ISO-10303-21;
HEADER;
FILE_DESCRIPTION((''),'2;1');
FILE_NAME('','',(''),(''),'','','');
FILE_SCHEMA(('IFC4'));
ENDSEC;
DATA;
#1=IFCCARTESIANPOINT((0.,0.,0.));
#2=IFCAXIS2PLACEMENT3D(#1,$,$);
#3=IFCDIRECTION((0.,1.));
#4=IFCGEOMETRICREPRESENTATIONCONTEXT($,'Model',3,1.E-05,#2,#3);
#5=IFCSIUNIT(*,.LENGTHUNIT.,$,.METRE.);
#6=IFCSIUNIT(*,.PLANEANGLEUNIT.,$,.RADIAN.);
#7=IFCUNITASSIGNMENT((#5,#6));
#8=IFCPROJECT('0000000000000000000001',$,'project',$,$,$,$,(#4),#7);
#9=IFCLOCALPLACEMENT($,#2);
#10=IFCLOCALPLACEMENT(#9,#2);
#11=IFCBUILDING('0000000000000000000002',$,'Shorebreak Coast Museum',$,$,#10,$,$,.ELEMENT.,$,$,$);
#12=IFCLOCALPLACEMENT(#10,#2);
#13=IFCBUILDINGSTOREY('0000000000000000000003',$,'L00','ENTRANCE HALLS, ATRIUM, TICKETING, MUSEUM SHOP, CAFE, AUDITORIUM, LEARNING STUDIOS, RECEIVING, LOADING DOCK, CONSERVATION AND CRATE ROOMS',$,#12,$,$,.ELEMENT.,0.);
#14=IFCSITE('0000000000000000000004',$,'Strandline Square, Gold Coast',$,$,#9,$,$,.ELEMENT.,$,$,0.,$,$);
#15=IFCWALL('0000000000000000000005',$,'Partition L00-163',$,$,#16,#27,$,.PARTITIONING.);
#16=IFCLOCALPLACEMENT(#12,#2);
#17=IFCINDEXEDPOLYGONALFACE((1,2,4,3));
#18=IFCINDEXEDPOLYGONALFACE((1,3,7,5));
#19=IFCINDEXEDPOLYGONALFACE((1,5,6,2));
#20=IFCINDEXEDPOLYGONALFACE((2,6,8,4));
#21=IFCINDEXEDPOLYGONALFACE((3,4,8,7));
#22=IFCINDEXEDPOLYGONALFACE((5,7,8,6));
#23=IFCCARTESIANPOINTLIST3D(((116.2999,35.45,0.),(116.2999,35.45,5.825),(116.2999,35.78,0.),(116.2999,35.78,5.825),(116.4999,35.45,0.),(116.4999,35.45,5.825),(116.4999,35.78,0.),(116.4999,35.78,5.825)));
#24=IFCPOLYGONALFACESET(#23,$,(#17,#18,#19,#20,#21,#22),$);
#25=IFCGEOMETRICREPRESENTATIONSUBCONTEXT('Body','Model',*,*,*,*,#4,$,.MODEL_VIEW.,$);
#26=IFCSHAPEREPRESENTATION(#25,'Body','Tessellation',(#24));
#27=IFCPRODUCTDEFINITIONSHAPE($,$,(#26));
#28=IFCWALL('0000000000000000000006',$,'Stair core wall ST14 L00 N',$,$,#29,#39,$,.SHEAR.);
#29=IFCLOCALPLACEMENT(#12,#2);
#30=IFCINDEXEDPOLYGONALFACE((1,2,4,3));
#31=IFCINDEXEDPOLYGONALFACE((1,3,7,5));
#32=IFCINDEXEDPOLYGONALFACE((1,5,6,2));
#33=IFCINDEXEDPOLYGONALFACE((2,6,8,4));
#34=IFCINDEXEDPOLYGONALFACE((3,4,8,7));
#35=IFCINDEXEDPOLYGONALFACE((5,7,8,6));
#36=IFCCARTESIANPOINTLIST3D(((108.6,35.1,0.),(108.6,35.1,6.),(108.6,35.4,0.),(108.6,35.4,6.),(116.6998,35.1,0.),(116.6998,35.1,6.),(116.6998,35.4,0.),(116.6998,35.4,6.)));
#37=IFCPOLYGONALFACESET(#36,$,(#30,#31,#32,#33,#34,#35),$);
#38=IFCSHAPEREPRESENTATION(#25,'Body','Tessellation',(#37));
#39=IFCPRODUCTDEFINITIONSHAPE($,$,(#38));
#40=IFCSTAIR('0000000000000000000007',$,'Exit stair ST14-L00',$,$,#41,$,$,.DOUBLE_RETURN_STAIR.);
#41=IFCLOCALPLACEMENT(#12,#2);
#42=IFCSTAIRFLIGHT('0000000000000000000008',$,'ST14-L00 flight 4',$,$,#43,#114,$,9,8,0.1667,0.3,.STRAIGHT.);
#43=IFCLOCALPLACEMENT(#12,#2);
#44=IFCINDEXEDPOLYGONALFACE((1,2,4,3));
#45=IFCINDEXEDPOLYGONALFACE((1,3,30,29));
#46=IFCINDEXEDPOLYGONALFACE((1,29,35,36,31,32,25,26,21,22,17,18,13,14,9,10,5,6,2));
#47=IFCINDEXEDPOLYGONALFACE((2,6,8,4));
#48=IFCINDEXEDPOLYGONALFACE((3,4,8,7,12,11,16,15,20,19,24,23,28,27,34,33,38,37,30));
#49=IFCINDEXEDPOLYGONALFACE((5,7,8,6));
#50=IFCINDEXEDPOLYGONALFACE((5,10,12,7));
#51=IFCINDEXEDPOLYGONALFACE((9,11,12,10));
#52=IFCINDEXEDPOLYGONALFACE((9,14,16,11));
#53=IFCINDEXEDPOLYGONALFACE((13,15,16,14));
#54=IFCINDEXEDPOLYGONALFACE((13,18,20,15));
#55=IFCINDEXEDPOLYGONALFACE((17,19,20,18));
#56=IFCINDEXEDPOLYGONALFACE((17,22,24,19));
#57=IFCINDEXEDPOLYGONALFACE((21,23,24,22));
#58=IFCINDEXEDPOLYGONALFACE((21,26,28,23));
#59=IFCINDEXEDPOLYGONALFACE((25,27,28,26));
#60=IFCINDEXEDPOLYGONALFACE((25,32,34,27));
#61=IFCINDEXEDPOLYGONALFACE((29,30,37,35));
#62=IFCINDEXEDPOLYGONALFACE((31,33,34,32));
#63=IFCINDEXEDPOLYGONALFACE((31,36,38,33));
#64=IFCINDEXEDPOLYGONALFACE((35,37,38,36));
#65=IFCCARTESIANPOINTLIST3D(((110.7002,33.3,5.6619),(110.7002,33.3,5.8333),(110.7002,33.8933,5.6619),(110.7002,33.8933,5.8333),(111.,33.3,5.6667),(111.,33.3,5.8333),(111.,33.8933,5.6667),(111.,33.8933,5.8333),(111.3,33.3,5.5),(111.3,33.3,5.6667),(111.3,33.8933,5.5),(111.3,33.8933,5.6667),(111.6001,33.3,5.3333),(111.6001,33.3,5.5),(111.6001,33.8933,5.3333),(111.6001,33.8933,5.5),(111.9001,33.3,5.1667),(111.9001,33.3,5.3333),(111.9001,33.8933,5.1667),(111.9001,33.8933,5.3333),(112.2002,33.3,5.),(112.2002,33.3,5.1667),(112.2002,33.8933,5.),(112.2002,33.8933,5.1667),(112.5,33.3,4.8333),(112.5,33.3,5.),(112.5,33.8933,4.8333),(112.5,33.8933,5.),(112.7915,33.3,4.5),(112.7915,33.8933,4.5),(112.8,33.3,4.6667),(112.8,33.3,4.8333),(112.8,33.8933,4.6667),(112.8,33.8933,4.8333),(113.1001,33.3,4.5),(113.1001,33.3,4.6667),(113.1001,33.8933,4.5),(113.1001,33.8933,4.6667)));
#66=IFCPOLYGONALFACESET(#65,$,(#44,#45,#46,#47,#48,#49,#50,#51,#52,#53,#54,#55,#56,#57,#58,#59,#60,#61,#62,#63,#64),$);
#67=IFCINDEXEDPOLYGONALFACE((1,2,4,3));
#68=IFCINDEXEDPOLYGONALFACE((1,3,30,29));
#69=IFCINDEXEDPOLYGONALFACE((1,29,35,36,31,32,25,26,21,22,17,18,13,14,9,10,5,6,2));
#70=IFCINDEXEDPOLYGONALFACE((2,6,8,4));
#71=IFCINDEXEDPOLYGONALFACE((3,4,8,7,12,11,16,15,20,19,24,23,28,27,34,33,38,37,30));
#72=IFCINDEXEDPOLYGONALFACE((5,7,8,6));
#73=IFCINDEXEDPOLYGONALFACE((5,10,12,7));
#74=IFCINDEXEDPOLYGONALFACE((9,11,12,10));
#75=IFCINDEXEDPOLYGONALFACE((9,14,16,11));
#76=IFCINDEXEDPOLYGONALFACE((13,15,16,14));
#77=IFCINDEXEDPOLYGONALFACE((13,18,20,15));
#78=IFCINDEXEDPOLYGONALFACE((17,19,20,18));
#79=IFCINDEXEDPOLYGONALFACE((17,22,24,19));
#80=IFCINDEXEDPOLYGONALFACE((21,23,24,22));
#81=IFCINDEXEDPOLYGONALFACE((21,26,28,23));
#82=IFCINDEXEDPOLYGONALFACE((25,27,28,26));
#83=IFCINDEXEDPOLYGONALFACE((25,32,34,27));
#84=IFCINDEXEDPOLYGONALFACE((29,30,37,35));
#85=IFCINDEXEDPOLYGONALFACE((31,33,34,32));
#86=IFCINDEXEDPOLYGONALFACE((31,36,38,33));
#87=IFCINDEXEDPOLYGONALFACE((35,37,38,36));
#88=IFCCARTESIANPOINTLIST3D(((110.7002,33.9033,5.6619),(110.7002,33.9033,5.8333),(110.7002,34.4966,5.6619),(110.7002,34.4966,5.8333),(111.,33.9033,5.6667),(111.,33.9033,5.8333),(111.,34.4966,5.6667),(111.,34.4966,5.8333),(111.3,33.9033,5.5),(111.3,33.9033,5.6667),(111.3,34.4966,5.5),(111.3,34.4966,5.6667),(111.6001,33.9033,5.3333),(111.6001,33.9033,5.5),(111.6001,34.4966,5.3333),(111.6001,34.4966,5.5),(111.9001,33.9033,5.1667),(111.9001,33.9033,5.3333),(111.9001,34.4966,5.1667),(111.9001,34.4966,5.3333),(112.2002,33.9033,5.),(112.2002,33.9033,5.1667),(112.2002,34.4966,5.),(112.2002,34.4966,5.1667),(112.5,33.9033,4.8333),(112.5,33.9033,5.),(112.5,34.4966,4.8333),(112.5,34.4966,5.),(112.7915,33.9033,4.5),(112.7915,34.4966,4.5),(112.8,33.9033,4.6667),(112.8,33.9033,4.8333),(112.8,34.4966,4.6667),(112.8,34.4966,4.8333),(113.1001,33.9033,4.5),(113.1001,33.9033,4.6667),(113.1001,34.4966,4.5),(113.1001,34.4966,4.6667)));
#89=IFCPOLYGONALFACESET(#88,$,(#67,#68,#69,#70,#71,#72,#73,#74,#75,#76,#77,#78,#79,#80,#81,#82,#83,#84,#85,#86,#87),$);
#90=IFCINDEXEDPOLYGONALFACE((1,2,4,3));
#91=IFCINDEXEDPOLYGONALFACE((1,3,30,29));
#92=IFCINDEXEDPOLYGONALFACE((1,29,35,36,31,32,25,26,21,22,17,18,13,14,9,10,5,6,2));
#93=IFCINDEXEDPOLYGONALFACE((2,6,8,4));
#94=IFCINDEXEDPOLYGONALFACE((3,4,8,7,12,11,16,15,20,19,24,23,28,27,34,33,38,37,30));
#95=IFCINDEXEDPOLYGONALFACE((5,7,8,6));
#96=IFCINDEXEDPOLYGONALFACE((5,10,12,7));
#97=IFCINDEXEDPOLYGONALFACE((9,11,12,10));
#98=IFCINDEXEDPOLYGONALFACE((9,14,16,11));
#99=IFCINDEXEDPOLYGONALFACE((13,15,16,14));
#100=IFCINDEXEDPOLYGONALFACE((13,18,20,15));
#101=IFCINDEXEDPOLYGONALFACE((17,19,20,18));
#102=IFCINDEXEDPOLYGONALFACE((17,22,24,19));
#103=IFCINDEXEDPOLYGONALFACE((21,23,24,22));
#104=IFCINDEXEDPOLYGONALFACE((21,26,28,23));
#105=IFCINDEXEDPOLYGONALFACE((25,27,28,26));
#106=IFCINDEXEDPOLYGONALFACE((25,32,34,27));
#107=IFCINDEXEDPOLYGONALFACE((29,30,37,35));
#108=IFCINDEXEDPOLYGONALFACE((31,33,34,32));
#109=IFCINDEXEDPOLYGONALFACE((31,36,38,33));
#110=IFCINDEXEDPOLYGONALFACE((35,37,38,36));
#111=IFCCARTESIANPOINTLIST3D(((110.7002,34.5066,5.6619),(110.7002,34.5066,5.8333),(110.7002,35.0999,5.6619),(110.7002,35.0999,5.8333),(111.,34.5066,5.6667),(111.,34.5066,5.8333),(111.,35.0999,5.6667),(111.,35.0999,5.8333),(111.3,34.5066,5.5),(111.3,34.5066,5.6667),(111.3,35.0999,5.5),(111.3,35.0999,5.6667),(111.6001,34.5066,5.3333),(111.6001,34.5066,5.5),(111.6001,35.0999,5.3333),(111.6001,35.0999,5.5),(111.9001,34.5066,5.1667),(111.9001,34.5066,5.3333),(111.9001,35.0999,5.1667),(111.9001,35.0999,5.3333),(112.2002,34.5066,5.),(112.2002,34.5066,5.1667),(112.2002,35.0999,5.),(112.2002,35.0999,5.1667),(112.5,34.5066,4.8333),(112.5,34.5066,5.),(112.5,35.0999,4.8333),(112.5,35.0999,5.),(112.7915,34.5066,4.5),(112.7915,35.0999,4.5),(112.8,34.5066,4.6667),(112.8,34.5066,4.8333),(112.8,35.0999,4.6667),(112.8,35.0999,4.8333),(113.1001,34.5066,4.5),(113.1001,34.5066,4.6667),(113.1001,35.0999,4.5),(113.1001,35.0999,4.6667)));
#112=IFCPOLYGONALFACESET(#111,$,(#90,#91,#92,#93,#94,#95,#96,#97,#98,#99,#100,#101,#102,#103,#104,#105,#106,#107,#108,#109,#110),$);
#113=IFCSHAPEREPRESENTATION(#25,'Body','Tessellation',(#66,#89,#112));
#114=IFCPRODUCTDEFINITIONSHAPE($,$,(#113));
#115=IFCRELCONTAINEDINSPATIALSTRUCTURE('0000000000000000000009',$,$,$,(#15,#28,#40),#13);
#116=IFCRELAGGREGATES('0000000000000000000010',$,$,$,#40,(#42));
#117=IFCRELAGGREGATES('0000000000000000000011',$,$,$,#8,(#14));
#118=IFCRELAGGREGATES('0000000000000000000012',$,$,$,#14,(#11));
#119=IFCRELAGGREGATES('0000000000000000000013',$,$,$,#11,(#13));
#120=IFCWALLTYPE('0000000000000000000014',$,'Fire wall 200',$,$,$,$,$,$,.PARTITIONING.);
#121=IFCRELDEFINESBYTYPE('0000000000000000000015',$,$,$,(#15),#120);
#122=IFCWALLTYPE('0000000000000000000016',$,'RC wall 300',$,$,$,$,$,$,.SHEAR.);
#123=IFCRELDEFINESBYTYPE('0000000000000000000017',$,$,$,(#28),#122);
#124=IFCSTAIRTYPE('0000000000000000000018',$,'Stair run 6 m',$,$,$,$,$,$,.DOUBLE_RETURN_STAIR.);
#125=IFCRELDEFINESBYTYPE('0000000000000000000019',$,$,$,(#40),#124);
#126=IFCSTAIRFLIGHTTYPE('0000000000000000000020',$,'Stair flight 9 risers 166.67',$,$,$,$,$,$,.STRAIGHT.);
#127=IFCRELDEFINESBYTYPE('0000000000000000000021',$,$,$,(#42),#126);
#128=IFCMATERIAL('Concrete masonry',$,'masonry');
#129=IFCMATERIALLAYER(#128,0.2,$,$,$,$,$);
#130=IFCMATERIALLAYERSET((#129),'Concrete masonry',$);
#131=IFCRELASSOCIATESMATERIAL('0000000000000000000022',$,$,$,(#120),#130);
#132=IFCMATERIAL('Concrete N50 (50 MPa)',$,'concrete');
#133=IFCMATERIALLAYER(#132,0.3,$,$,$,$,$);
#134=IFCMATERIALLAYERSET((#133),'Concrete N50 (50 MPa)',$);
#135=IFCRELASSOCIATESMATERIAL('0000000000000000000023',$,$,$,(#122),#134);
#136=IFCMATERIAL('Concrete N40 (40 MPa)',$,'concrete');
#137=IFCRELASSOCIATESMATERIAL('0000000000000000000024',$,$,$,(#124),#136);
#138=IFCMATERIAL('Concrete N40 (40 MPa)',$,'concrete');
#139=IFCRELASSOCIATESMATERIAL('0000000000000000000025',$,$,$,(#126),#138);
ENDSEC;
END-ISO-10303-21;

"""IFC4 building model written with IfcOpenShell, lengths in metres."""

from ifc_helpers import new_model, si_unit, direction, frame, frame_2d, origin, place, context, subcontext, project, spatial, polyline, rectangle, outline, extrude, material, layer, layer_set, type_object, element, aggregate, save


model = new_model("IFC4")

# Units and contexts
model_context = context("Model", 3, precision=1e-05, world=origin(), true_north=direction((0.0, 1.0)))
body_context = subcontext(model_context, "Body", "Model", "MODEL_VIEW")
ifc_project = project(units=[si_unit("LENGTHUNIT", "METRE"), si_unit("PLANEANGLEUNIT", "RADIAN")], contexts=[model_context])

# Site, building, storey
site_placement = place(None, origin())
site = spatial("IfcSite", under=ifc_project, at=site_placement, Name="Strandline Square, Gold Coast", CompositionType="ELEMENT", RefElevation=0.0)
building_placement = place(site_placement, origin())
building = spatial("IfcBuilding", under=site, at=building_placement, Name="Shorebreak Coast Museum", CompositionType="ELEMENT")
storey_placement = place(building_placement, origin())
storey = spatial("IfcBuildingStorey", under=building, at=storey_placement, Name="L00", Description="ENTRANCE HALLS, ATRIUM, TICKETING, MUSEUM SHOP, CAFE, AUDITORIUM, LEARNING STUDIOS, RECEIVING, LOADING DOCK, CONSERVATION AND CRATE ROOMS", CompositionType="ELEMENT", Elevation=0.0)

# Shared definitions
ifc_material_1 = material(Name="Concrete masonry", Category="masonry")
ifc_layer_1 = layer(ifc_material_1, 0.2)
ifc_layer_set_1 = layer_set([ifc_layer_1], Name="Concrete masonry")
wall_type_1 = type_object("IfcWallType", Name="Fire wall 200", PredefinedType="PARTITIONING", material=ifc_layer_set_1)

# Walls
wall_1_placement = place(storey_placement, frame((116.3999, 35.45, 0.0), z_axis=(0.0, 0.0, 1.0), x_axis=(0.0, 1.0, 0.0)))
element("IfcWall", 1, at=wall_1_placement, inside=storey, type_object=wall_type_1, Name="Partition L00-163", PredefinedType="PARTITIONING", context=body_context, shape_type="SweptSolid", body=[
    extrude(rectangle(XDim=0.3301, YDim=0.2, at=frame_2d((0.165, 0.0))), origin(), (0.0, 0.0, 1.0), 5.825),
])
ifc_material_2 = material(Name="Concrete N50 (50 MPa)", Category="concrete")
ifc_layer_2 = layer(ifc_material_2, 0.3)
ifc_layer_set_2 = layer_set([ifc_layer_2], Name="Concrete N50 (50 MPa)")
wall_type_2 = type_object("IfcWallType", Name="RC wall 300", PredefinedType="SHEAR", material=ifc_layer_set_2)
wall_2_placement = place(storey_placement, frame((108.6001, 35.25, 0.0), z_axis=(0.0, 0.0, 1.0), x_axis=(1.0, 0.0, 0.0)))
element("IfcWall", 2, at=wall_2_placement, inside=storey, type_object=wall_type_2, Name="Stair core wall ST14 L00 N", PredefinedType="SHEAR", context=body_context, shape_type="SweptSolid", body=[
    extrude(rectangle(XDim=8.0999, YDim=0.3, at=frame_2d((4.0498, 0.0))), origin(), (0.0, 0.0, 1.0), 6.0),
])

# Stair, stair flight
ifc_material_3 = material(Name="Concrete N40 (40 MPa)", Category="concrete")
stair_type = type_object("IfcStairType", Name="Stair run 6 m", PredefinedType="DOUBLE_RETURN_STAIR", material=ifc_material_3)
stair_placement = place(storey_placement, origin())
stair = element("IfcStair", 3, at=stair_placement, inside=storey, type_object=stair_type, Name="Exit stair ST14-L00", PredefinedType="DOUBLE_RETURN_STAIR")
ifc_material_4 = material(Name="Concrete N40 (40 MPa)", Category="concrete")
stair_flight_type = type_object("IfcStairFlightType", Name="Stair flight 9 risers 166.67", PredefinedType="STRAIGHT", material=ifc_material_4)
stair_flight_placement = place(storey_placement, frame((113.1001, 34.2, 4.5), z_axis=(0.0, 0.0, 1.0), x_axis=(-1.0, 0.0, 0.0)))
stair_flight = element("IfcStairFlight", 4, at=stair_flight_placement, type_object=stair_flight_type, Name="ST14-L00 flight 4", NumberOfRisers=9, NumberOfTreads=8, PredefinedType="STRAIGHT", RiserHeight=0.1667, TreadLength=0.3, context=body_context, shape_type="SweptSolid", body=[
    extrude(outline(polyline([(0.0, 0.0), (0.0, 0.1667), (0.3, 0.1667), (0.3, 0.3333), (0.6001, 0.3333), (0.6001, 0.5), (0.8999, 0.5), (0.8999, 0.6667), (1.2, 0.6667), (1.2, 0.8333), (1.5, 0.8333), (1.5, 1.0), (1.8, 1.0), (1.8, 1.1667), (2.1001, 1.1667), (2.1001, 1.3333), (2.3999, 1.3333), (2.3999, 1.5), (2.3999, 1.1619), (0.3086, 0.0), (0.0, 0.0)])), frame((0.0, 0.8999, 0.0), z_axis=(0.0, -1.0, 0.0), x_axis=(1.0, 0.0, 0.0)), (0.0, 0.0, 1.0), 0.5933),
    extrude(outline(polyline([(0.0, 0.0), (0.0, 0.1667), (0.3, 0.1667), (0.3, 0.3333), (0.6001, 0.3333), (0.6001, 0.5), (0.8999, 0.5), (0.8999, 0.6667), (1.2, 0.6667), (1.2, 0.8333), (1.5, 0.8333), (1.5, 1.0), (1.8, 1.0), (1.8, 1.1667), (2.1001, 1.1667), (2.1001, 1.3333), (2.3999, 1.3333), (2.3999, 1.5), (2.3999, 1.1619), (0.3086, 0.0), (0.0, 0.0)])), frame((0.0, 0.2966, 0.0), z_axis=(0.0, -1.0, 0.0), x_axis=(1.0, 0.0, 0.0)), (0.0, 0.0, 1.0), 0.5933),
    extrude(outline(polyline([(0.0, 0.0), (0.0, 0.1667), (0.3, 0.1667), (0.3, 0.3333), (0.6001, 0.3333), (0.6001, 0.5), (0.8999, 0.5), (0.8999, 0.6667), (1.2, 0.6667), (1.2, 0.8333), (1.5, 0.8333), (1.5, 1.0), (1.8, 1.0), (1.8, 1.1667), (2.1001, 1.1667), (2.1001, 1.3333), (2.3999, 1.3333), (2.3999, 1.5), (2.3999, 1.1619), (0.3086, 0.0), (0.0, 0.0)])), frame((0.0, -0.3066, 0.0), z_axis=(0.0, -1.0, 0.0), x_axis=(1.0, 0.0, 0.0)), (0.0, 0.0, 1.0), 0.5933),
])
aggregate(stair, [stair_flight])

save(model, "model.ifc")
